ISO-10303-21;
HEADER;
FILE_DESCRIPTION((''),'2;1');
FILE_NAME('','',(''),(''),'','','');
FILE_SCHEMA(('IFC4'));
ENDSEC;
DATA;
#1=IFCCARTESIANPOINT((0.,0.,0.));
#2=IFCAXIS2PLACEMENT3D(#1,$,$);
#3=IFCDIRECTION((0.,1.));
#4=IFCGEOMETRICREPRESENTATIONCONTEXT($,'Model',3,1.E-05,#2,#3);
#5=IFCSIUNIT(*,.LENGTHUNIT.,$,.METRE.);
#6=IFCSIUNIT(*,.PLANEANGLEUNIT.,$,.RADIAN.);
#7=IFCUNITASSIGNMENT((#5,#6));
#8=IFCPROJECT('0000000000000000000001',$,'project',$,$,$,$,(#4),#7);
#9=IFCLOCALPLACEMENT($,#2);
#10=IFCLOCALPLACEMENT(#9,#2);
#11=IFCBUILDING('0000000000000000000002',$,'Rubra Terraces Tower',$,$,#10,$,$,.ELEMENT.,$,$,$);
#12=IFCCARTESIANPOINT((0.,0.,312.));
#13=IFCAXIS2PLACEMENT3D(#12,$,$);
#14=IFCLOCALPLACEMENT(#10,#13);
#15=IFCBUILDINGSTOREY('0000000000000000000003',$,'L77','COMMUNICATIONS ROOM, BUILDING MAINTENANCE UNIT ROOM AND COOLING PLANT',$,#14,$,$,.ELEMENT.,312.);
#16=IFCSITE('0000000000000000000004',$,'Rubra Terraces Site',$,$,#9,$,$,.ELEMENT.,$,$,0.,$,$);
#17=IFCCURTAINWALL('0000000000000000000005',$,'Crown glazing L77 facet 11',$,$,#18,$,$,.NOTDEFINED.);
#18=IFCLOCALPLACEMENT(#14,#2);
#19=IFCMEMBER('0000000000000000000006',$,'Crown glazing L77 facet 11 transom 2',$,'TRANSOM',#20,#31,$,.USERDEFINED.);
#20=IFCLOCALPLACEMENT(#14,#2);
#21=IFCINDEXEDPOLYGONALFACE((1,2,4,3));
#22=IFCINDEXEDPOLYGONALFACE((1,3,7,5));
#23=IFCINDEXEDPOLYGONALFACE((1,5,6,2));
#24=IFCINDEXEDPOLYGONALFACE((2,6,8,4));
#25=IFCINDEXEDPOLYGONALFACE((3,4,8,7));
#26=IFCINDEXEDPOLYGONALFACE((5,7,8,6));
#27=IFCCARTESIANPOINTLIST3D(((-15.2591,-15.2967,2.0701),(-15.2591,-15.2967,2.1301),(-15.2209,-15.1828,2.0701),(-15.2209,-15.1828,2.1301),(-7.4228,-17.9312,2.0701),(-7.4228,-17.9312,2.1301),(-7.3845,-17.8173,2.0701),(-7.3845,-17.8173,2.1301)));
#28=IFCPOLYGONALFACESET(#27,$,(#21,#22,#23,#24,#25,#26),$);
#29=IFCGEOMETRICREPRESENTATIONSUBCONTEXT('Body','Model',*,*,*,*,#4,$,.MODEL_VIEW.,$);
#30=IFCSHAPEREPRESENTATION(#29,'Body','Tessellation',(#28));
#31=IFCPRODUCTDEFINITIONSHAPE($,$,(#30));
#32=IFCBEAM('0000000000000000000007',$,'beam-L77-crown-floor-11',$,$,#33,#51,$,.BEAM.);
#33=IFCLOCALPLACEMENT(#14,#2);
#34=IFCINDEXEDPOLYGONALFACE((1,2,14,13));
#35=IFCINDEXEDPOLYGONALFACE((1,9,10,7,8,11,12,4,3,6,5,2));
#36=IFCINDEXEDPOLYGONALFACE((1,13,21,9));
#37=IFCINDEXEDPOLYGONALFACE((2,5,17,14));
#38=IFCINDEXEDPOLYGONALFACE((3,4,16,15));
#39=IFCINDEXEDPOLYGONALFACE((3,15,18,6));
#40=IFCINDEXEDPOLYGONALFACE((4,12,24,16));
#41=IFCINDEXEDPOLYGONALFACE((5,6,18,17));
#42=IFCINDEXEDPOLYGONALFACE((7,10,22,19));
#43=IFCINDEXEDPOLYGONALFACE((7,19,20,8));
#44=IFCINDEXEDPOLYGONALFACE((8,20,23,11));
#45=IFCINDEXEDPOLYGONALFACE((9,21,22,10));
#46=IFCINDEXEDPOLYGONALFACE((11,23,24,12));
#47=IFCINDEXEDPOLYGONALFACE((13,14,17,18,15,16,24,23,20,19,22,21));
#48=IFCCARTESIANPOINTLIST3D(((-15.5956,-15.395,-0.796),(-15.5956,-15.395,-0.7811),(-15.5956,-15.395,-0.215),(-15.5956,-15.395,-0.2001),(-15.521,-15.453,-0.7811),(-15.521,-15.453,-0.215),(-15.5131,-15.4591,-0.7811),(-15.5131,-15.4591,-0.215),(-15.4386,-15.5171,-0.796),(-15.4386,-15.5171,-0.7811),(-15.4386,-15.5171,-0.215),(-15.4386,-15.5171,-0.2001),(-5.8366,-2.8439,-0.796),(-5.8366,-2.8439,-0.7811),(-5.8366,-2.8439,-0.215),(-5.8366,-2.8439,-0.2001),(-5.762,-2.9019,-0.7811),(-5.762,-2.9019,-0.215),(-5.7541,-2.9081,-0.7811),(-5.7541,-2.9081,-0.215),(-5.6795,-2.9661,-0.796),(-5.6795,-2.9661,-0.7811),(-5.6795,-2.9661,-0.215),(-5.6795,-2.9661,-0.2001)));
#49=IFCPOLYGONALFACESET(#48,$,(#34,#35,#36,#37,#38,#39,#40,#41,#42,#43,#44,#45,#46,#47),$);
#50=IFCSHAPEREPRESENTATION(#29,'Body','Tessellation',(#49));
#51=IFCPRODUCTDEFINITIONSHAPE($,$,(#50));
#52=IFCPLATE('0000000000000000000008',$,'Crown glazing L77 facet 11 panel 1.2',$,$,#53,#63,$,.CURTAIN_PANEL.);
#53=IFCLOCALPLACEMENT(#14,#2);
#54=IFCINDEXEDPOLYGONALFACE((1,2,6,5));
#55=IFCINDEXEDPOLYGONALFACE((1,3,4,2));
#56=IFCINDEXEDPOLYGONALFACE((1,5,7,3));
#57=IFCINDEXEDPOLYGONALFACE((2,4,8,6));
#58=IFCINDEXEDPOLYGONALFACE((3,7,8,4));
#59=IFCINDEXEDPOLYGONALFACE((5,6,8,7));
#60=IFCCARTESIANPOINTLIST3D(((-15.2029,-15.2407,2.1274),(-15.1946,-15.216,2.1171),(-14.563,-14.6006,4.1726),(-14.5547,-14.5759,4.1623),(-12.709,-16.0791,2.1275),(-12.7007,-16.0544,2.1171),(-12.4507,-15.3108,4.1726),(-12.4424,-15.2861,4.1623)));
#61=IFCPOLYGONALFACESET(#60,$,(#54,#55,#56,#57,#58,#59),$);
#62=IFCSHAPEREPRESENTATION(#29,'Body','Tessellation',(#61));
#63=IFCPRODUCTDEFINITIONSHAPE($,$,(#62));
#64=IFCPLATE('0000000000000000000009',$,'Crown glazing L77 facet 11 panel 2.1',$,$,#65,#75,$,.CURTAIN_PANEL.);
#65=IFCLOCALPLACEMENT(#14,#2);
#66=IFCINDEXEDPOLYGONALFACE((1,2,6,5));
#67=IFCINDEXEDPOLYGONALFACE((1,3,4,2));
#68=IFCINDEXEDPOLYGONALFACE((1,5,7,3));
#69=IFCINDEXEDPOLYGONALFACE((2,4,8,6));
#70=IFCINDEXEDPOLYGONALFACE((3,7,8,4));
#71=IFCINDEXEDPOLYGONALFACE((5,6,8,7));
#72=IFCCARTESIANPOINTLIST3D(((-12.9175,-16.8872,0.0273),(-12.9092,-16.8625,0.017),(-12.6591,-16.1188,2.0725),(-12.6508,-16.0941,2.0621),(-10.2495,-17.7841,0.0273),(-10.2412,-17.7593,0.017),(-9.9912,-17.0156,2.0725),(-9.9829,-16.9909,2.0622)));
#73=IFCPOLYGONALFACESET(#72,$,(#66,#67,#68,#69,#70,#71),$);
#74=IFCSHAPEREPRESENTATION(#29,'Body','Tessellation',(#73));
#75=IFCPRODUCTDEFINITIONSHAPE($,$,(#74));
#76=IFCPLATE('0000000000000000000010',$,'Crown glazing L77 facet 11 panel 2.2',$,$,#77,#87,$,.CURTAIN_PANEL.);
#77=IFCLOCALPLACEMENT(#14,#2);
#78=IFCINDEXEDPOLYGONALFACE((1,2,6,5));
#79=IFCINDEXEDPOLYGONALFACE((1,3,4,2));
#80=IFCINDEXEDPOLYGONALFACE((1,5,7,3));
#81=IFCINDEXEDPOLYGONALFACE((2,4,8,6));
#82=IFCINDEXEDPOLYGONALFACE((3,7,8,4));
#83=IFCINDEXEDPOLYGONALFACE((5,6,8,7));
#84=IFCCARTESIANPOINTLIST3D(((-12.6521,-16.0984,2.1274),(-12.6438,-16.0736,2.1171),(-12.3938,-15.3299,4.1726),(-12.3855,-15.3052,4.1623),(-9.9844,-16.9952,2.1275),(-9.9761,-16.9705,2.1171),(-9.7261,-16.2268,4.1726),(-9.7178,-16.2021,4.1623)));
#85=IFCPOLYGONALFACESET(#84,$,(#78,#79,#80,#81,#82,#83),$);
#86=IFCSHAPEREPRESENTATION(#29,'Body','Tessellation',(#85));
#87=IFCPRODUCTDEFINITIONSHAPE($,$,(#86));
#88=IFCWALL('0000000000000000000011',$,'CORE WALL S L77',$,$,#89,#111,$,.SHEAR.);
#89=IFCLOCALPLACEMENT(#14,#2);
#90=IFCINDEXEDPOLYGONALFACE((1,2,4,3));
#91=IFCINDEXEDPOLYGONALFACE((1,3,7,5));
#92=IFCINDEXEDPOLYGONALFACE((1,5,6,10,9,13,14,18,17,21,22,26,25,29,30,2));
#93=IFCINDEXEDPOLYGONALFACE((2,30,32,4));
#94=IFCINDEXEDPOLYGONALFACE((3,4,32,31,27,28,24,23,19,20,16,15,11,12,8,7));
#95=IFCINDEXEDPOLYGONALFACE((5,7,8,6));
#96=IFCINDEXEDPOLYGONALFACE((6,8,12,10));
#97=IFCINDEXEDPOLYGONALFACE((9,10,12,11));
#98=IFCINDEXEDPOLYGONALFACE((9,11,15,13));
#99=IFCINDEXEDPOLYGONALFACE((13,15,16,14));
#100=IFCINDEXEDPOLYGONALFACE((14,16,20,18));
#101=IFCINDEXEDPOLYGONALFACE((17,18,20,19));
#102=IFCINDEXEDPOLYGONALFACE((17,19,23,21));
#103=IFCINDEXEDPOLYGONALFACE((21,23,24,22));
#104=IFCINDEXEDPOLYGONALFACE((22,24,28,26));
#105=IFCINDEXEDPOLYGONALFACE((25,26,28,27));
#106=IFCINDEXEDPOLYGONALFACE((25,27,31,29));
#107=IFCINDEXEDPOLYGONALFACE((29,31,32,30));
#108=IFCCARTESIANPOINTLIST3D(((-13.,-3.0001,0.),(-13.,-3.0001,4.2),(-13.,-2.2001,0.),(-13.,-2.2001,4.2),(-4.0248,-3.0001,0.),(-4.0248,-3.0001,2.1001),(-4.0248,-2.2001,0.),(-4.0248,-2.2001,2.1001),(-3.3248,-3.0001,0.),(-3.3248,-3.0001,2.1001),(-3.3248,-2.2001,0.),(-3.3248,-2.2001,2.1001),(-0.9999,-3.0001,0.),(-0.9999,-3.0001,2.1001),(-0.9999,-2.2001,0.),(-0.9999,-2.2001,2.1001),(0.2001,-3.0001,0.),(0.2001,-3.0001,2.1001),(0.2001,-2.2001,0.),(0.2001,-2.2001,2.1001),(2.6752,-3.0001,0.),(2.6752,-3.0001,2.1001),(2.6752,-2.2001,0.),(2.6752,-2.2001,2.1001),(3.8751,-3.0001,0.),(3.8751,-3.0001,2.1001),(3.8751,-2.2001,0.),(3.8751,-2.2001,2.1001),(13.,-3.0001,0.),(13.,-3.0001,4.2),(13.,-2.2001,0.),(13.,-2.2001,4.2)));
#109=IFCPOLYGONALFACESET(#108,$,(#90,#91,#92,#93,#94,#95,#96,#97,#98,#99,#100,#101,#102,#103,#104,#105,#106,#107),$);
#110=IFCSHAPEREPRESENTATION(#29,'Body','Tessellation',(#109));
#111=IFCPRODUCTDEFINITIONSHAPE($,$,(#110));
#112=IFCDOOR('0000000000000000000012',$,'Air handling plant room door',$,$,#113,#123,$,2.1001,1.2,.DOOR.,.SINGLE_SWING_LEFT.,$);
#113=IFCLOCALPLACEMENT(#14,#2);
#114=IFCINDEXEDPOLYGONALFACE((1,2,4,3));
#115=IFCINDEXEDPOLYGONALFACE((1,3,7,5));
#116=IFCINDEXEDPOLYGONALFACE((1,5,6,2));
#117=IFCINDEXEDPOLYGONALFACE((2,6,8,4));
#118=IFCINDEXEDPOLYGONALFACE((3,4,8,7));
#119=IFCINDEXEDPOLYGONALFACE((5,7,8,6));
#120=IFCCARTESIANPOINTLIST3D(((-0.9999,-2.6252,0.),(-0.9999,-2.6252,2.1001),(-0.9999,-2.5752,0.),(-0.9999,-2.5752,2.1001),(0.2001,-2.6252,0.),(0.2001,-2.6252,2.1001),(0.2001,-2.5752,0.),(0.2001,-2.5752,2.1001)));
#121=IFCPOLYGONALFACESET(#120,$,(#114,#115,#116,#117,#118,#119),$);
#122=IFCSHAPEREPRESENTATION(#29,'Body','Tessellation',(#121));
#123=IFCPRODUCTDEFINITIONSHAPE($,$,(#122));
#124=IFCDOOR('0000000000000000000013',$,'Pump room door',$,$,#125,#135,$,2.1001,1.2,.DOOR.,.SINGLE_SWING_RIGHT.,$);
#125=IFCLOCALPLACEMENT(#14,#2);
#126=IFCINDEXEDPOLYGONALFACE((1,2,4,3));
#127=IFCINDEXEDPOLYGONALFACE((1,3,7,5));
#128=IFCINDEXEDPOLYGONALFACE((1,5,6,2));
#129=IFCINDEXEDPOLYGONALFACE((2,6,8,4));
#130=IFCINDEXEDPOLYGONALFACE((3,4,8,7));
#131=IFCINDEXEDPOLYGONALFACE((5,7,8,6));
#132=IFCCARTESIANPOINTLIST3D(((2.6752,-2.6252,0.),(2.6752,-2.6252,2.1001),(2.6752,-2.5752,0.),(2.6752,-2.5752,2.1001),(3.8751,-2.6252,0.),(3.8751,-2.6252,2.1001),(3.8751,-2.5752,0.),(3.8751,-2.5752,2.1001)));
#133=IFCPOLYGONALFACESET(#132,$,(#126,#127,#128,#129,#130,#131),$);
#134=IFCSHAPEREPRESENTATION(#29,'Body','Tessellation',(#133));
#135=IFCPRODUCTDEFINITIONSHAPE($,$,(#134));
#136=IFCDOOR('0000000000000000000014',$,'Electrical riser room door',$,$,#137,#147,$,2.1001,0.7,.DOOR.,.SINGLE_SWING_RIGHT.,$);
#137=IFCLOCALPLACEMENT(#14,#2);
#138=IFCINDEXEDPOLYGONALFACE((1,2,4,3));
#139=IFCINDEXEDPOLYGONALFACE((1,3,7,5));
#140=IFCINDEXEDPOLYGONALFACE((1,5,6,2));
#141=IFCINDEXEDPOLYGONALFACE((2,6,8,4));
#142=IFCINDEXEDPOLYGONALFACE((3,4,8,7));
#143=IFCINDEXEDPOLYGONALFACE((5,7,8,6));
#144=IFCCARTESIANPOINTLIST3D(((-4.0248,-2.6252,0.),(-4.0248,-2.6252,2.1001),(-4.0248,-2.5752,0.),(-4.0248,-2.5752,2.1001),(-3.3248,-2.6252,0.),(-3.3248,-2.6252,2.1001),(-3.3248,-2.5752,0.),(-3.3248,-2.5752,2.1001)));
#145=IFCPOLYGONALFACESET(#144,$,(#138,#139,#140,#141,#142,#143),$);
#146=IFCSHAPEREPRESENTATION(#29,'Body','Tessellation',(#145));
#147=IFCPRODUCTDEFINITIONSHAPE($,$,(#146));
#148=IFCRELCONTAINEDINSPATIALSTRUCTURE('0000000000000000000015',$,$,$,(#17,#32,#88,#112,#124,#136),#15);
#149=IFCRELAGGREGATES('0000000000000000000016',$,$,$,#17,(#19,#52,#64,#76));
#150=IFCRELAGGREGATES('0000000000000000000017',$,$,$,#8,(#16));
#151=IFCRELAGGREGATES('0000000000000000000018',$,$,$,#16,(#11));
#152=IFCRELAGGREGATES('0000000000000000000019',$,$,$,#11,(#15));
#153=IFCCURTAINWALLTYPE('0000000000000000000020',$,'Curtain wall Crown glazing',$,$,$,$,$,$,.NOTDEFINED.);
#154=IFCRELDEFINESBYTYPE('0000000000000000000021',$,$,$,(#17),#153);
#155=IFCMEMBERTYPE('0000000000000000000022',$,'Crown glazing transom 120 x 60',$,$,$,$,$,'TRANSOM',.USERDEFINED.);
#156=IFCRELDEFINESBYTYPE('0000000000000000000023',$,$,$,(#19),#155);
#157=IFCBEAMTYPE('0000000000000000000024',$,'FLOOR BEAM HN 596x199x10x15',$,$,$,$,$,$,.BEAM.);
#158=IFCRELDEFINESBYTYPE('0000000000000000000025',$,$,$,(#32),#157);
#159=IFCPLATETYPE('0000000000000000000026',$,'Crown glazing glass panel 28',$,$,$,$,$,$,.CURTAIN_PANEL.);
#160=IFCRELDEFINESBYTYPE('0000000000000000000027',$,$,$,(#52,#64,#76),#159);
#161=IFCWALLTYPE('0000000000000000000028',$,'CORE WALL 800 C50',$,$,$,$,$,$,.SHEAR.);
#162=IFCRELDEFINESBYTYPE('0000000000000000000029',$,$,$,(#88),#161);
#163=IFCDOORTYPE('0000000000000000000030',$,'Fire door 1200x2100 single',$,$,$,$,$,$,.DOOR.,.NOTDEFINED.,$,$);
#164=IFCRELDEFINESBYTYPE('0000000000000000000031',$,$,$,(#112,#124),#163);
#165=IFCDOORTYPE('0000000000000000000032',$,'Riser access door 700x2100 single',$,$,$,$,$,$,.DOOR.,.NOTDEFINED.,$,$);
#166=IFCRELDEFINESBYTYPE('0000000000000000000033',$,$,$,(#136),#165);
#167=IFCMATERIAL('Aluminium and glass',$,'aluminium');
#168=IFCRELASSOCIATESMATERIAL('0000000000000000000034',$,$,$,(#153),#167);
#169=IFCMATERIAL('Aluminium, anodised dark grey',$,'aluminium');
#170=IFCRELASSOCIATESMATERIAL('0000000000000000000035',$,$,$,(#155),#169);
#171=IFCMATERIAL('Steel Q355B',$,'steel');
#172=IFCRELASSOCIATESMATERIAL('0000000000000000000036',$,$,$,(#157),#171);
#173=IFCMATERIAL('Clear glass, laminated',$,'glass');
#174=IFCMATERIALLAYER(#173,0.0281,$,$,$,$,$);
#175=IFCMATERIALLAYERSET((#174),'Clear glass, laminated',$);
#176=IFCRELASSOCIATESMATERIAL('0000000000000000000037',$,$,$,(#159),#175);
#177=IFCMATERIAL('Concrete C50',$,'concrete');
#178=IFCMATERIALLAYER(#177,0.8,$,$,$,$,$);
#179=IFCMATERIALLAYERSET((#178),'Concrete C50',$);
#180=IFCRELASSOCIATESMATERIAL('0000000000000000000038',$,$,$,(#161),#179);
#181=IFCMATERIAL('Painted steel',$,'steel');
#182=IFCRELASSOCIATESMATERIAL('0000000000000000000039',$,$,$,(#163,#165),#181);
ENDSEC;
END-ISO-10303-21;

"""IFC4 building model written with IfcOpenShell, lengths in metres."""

from ifc_helpers import new_model, si_unit, direction, frame, frame_2d, origin, origin_2d, place, context, subcontext, project, spatial, polyline, rectangle, i_section, outline, extrude, material, layer, layer_set, material_profile, profile_set, type_object, element, fill, aggregate, save


model = new_model("IFC4")

# Units and contexts
model_context = context("Model", 3, precision=1e-05, world=origin(), true_north=direction((0.0, 1.0)))
body_context = subcontext(model_context, "Body", "Model", "MODEL_VIEW")
ifc_project = project(units=[si_unit("LENGTHUNIT", "METRE"), si_unit("PLANEANGLEUNIT", "RADIAN")], contexts=[model_context])

# Site, building, storey
site_placement = place(None, origin())
site = spatial("IfcSite", under=ifc_project, at=site_placement, Name="Rubra Terraces Site", CompositionType="ELEMENT", RefElevation=0.0)
building_placement = place(site_placement, origin())
building = spatial("IfcBuilding", under=site, at=building_placement, Name="Rubra Terraces Tower", CompositionType="ELEMENT")
storey_placement = place(building_placement, frame((0.0, 0.0, 312.0)))
storey = spatial("IfcBuildingStorey", under=building, at=storey_placement, Name="L77", Description="COMMUNICATIONS ROOM, BUILDING MAINTENANCE UNIT ROOM AND COOLING PLANT", CompositionType="ELEMENT", Elevation=312.0)

# Curtain wall, member
ifc_material_1 = material(Name="Aluminium and glass", Category="aluminium")
curtain_wall_type = type_object("IfcCurtainWallType", Name="Curtain wall Crown glazing", PredefinedType="NOTDEFINED", material=ifc_material_1)
curtain_wall_placement = place(storey_placement, origin())
curtain_wall = element("IfcCurtainWall", 1, at=curtain_wall_placement, inside=storey, type_object=curtain_wall_type, Name="Crown glazing L77 facet 11", PredefinedType="NOTDEFINED")
ifc_material_2 = material(Name="Aluminium, anodised dark grey", Category="aluminium")
ifc_material_profile_1 = material_profile(ifc_material_2, rectangle(XDim=0.1201, YDim=0.0601, at=origin_2d()), Name="AL 120x60")
ifc_profile_set_1 = profile_set([ifc_material_profile_1], Name="Aluminium, anodised dark grey")
member_type = type_object("IfcMemberType", Name="Crown glazing transom 120 x 60", ElementType="TRANSOM", PredefinedType="USERDEFINED", material=ifc_profile_set_1)
member_placement = place(storey_placement, frame((-15.24, -15.2397, 2.1001), z_axis=(0.947868, -0.318663, 0.0), x_axis=(0.318663, 0.947868, 0.0)))
member = element("IfcMember", 2, at=member_placement, type_object=member_type, Name="Crown glazing L77 facet 11 transom 2", ObjectType="TRANSOM", PredefinedType="USERDEFINED", context=body_context, shape_type="SweptSolid", body=[
    extrude(rectangle(XDim=0.1201, YDim=0.0601, at=origin_2d()), origin(), (0.0, 0.0, 1.0), 8.2673),
])

# Beam
ifc_material_3 = material(Name="Steel Q355B", Category="steel")
ifc_material_profile_2 = material_profile(ifc_material_3, i_section(OverallWidth=0.199, OverallDepth=0.5959, WebThickness=0.01, FlangeThickness=0.0149, at=origin_2d()), Name="HN 596x199x10x15")
ifc_profile_set_2 = profile_set([ifc_material_profile_2], Name="Steel Q355B")
beam_type = type_object("IfcBeamType", Name="FLOOR BEAM HN 596x199x10x15", PredefinedType="BEAM", material=ifc_profile_set_2)
beam_placement = place(storey_placement, frame((-15.5171, -15.4561, -0.498), z_axis=(0.613828, 0.78944, 0.0), x_axis=(-0.78944, 0.613828, 0.0)))
element("IfcBeam", 3, at=beam_placement, inside=storey, type_object=beam_type, Name="beam-L77-crown-floor-11", PredefinedType="BEAM", context=body_context, shape_type="SweptSolid", body=[
    extrude(i_section(OverallWidth=0.199, OverallDepth=0.5959, WebThickness=0.01, FlangeThickness=0.0149, at=origin_2d()), origin(), (0.0, 0.0, 1.0), 15.8987),
])

# Plates
ifc_material_4 = material(Name="Clear glass, laminated", Category="glass")
ifc_layer_1 = layer(ifc_material_4, 0.0281)
ifc_layer_set_1 = layer_set([ifc_layer_1], Name="Clear glass, laminated")
plate_type = type_object("IfcPlateType", Name="Crown glazing glass panel 28", PredefinedType="CURTAIN_PANEL", material=ifc_layer_set_1)
plate_1_placement = place(storey_placement, frame((-15.2029, -15.2407, 2.1274), z_axis=(-0.296246, -0.881173, 0.368472), x_axis=(0.947867, -0.318666, 0.000007)))
plate_1 = element("IfcPlate", 4, at=plate_1_placement, type_object=plate_type, Name="Crown glazing L77 facet 11 panel 1.2", PredefinedType="CURTAIN_PANEL", context=body_context, shape_type="SweptSolid", body=[
    extrude(outline(polyline([(0.0, 0.0), (2.631, 0.0), (2.6311, 2.1999), (0.4026, 2.2), (0.0, 0.0)])), origin(), (0.0, 0.0, -1.0), 0.0281),
])
plate_2_placement = place(storey_placement, frame((-12.9175, -16.8872, 0.0273), z_axis=(-0.296211, -0.881175, 0.368496), x_axis=(0.947876, -0.318639, -0.000014)))
plate_2 = element("IfcPlate", 5, at=plate_2_placement, type_object=plate_type, Name="Crown glazing L77 facet 11 panel 2.1", PredefinedType="CURTAIN_PANEL", context=body_context, shape_type="SweptSolid", body=[
    extrude(outline(polyline([(0.0, 0.0), (2.8147, 0.0), (2.8146, 2.2), (0.0, 2.1999), (0.0, 0.0)])), origin(), (0.0, 0.0, -1.0), 0.0281),
])
plate_3_placement = place(storey_placement, frame((-12.6521, -16.0984, 2.1274), z_axis=(-0.296236, -0.881167, 0.368496), x_axis=(0.947871, -0.318655, 0.000014)))
plate_3 = element("IfcPlate", 6, at=plate_3_placement, type_object=plate_type, Name="Crown glazing L77 facet 11 panel 2.2", PredefinedType="CURTAIN_PANEL", context=body_context, shape_type="SweptSolid", body=[
    extrude(outline(polyline([(0.0, 0.0), (2.8144, 0.0), (2.8144, 2.1999), (0.0, 2.2), (0.0, 0.0)])), origin(), (0.0, 0.0, -1.0), 0.0281),
])
aggregate(curtain_wall, [member, plate_1, plate_2, plate_3])

# Wall, openings, doors
ifc_material_5 = material(Name="Concrete C50", Category="concrete")
ifc_layer_2 = layer(ifc_material_5, 0.8)
ifc_layer_set_2 = layer_set([ifc_layer_2], Name="Concrete C50")
wall_type_1 = type_object("IfcWallType", Name="CORE WALL 800 C50", PredefinedType="SHEAR", material=ifc_layer_set_2)
wall_1_placement = place(storey_placement, frame((-13.0, -2.6001, 0.0), z_axis=(0.0, 0.0, 1.0), x_axis=(1.0, 0.0, 0.0)))
wall_1 = element("IfcWall", 7, at=wall_1_placement, inside=storey, type_object=wall_type_1, Name="CORE WALL S L77", PredefinedType="SHEAR", context=body_context, shape_type="SweptSolid", body=[
    extrude(rectangle(XDim=26.0, YDim=0.8, at=frame_2d((13.0, 0.0))), origin(), (0.0, 0.0, 1.0), 4.2),
])
opening_1_placement = place(wall_1_placement, frame((8.9751, 0.0, 0.0)))
opening_1 = element("IfcOpeningElement", 8, at=opening_1_placement, cuts=wall_1, PredefinedType="OPENING", context=body_context, shape_type="SweptSolid", body=[
    extrude(rectangle(XDim=0.7, YDim=2.1001, at=frame_2d((0.3501, 1.05))), frame((0.0, 0.4099, 0.0), z_axis=(0.0, -1.0, 0.0), x_axis=(1.0, 0.0, 0.0)), (0.0, 0.0, 1.0), 0.8201),
])
opening_2_placement = place(wall_1_placement, frame((12.0, 0.0, 0.0)))
opening_2 = element("IfcOpeningElement", 9, at=opening_2_placement, cuts=wall_1, PredefinedType="OPENING", context=body_context, shape_type="SweptSolid", body=[
    extrude(rectangle(XDim=1.2, YDim=2.1001, at=frame_2d((0.6001, 1.05))), frame((0.0, 0.4099, 0.0), z_axis=(0.0, -1.0, 0.0), x_axis=(1.0, 0.0, 0.0)), (0.0, 0.0, 1.0), 0.8201),
])
opening_3_placement = place(wall_1_placement, frame((15.675, 0.0, 0.0)))
opening_3 = element("IfcOpeningElement", 10, at=opening_3_placement, cuts=wall_1, PredefinedType="OPENING", context=body_context, shape_type="SweptSolid", body=[
    extrude(rectangle(XDim=1.2, YDim=2.1001, at=frame_2d((0.6001, 1.05))), frame((0.0, 0.4099, 0.0), z_axis=(0.0, -1.0, 0.0), x_axis=(1.0, 0.0, 0.0)), (0.0, 0.0, 1.0), 0.8201),
])
ifc_material_6 = material(Name="Painted steel", Category="steel")
door_type_1 = type_object("IfcDoorType", Name="Fire door 1200x2100 single", OperationType="NOTDEFINED", PredefinedType="DOOR", material=ifc_material_6)
door_1_placement = place(opening_2_placement, origin())
door_1 = element("IfcDoor", 11, at=door_1_placement, inside=storey, type_object=door_type_1, Name="Air handling plant room door", OperationType="SINGLE_SWING_LEFT", OverallHeight=2.1001, OverallWidth=1.2, PredefinedType="DOOR", context=body_context, shape_type="SweptSolid", body=[
    extrude(rectangle(XDim=1.2, YDim=2.1001, at=frame_2d((0.6001, 1.05))), frame((0.0, 0.0249, 0.0), z_axis=(0.0, -1.0, 0.0), x_axis=(1.0, 0.0, 0.0)), (0.0, 0.0, 1.0), 0.05),
])
fill(opening_2, door_1)
door_2_placement = place(opening_3_placement, origin())
door_2 = element("IfcDoor", 12, at=door_2_placement, inside=storey, type_object=door_type_1, Name="Pump room door", OperationType="SINGLE_SWING_RIGHT", OverallHeight=2.1001, OverallWidth=1.2, PredefinedType="DOOR", context=body_context, shape_type="SweptSolid", body=[
    extrude(rectangle(XDim=1.2, YDim=2.1001, at=frame_2d((0.6001, 1.05))), frame((0.0, 0.0249, 0.0), z_axis=(0.0, -1.0, 0.0), x_axis=(1.0, 0.0, 0.0)), (0.0, 0.0, 1.0), 0.05),
])
fill(opening_3, door_2)
door_type_2 = type_object("IfcDoorType", Name="Riser access door 700x2100 single", OperationType="NOTDEFINED", PredefinedType="DOOR", material=ifc_material_6)
door_3_placement = place(opening_1_placement, origin())
door_3 = element("IfcDoor", 13, at=door_3_placement, inside=storey, type_object=door_type_2, Name="Electrical riser room door", OperationType="SINGLE_SWING_RIGHT", OverallHeight=2.1001, OverallWidth=0.7, PredefinedType="DOOR", context=body_context, shape_type="SweptSolid", body=[
    extrude(rectangle(XDim=0.7, YDim=2.1001, at=frame_2d((0.3501, 1.05))), frame((0.0, 0.0249, 0.0), z_axis=(0.0, -1.0, 0.0), x_axis=(1.0, 0.0, 0.0)), (0.0, 0.0, 1.0), 0.05),
])
fill(opening_1, door_3)

save(model, "model.ifc")
